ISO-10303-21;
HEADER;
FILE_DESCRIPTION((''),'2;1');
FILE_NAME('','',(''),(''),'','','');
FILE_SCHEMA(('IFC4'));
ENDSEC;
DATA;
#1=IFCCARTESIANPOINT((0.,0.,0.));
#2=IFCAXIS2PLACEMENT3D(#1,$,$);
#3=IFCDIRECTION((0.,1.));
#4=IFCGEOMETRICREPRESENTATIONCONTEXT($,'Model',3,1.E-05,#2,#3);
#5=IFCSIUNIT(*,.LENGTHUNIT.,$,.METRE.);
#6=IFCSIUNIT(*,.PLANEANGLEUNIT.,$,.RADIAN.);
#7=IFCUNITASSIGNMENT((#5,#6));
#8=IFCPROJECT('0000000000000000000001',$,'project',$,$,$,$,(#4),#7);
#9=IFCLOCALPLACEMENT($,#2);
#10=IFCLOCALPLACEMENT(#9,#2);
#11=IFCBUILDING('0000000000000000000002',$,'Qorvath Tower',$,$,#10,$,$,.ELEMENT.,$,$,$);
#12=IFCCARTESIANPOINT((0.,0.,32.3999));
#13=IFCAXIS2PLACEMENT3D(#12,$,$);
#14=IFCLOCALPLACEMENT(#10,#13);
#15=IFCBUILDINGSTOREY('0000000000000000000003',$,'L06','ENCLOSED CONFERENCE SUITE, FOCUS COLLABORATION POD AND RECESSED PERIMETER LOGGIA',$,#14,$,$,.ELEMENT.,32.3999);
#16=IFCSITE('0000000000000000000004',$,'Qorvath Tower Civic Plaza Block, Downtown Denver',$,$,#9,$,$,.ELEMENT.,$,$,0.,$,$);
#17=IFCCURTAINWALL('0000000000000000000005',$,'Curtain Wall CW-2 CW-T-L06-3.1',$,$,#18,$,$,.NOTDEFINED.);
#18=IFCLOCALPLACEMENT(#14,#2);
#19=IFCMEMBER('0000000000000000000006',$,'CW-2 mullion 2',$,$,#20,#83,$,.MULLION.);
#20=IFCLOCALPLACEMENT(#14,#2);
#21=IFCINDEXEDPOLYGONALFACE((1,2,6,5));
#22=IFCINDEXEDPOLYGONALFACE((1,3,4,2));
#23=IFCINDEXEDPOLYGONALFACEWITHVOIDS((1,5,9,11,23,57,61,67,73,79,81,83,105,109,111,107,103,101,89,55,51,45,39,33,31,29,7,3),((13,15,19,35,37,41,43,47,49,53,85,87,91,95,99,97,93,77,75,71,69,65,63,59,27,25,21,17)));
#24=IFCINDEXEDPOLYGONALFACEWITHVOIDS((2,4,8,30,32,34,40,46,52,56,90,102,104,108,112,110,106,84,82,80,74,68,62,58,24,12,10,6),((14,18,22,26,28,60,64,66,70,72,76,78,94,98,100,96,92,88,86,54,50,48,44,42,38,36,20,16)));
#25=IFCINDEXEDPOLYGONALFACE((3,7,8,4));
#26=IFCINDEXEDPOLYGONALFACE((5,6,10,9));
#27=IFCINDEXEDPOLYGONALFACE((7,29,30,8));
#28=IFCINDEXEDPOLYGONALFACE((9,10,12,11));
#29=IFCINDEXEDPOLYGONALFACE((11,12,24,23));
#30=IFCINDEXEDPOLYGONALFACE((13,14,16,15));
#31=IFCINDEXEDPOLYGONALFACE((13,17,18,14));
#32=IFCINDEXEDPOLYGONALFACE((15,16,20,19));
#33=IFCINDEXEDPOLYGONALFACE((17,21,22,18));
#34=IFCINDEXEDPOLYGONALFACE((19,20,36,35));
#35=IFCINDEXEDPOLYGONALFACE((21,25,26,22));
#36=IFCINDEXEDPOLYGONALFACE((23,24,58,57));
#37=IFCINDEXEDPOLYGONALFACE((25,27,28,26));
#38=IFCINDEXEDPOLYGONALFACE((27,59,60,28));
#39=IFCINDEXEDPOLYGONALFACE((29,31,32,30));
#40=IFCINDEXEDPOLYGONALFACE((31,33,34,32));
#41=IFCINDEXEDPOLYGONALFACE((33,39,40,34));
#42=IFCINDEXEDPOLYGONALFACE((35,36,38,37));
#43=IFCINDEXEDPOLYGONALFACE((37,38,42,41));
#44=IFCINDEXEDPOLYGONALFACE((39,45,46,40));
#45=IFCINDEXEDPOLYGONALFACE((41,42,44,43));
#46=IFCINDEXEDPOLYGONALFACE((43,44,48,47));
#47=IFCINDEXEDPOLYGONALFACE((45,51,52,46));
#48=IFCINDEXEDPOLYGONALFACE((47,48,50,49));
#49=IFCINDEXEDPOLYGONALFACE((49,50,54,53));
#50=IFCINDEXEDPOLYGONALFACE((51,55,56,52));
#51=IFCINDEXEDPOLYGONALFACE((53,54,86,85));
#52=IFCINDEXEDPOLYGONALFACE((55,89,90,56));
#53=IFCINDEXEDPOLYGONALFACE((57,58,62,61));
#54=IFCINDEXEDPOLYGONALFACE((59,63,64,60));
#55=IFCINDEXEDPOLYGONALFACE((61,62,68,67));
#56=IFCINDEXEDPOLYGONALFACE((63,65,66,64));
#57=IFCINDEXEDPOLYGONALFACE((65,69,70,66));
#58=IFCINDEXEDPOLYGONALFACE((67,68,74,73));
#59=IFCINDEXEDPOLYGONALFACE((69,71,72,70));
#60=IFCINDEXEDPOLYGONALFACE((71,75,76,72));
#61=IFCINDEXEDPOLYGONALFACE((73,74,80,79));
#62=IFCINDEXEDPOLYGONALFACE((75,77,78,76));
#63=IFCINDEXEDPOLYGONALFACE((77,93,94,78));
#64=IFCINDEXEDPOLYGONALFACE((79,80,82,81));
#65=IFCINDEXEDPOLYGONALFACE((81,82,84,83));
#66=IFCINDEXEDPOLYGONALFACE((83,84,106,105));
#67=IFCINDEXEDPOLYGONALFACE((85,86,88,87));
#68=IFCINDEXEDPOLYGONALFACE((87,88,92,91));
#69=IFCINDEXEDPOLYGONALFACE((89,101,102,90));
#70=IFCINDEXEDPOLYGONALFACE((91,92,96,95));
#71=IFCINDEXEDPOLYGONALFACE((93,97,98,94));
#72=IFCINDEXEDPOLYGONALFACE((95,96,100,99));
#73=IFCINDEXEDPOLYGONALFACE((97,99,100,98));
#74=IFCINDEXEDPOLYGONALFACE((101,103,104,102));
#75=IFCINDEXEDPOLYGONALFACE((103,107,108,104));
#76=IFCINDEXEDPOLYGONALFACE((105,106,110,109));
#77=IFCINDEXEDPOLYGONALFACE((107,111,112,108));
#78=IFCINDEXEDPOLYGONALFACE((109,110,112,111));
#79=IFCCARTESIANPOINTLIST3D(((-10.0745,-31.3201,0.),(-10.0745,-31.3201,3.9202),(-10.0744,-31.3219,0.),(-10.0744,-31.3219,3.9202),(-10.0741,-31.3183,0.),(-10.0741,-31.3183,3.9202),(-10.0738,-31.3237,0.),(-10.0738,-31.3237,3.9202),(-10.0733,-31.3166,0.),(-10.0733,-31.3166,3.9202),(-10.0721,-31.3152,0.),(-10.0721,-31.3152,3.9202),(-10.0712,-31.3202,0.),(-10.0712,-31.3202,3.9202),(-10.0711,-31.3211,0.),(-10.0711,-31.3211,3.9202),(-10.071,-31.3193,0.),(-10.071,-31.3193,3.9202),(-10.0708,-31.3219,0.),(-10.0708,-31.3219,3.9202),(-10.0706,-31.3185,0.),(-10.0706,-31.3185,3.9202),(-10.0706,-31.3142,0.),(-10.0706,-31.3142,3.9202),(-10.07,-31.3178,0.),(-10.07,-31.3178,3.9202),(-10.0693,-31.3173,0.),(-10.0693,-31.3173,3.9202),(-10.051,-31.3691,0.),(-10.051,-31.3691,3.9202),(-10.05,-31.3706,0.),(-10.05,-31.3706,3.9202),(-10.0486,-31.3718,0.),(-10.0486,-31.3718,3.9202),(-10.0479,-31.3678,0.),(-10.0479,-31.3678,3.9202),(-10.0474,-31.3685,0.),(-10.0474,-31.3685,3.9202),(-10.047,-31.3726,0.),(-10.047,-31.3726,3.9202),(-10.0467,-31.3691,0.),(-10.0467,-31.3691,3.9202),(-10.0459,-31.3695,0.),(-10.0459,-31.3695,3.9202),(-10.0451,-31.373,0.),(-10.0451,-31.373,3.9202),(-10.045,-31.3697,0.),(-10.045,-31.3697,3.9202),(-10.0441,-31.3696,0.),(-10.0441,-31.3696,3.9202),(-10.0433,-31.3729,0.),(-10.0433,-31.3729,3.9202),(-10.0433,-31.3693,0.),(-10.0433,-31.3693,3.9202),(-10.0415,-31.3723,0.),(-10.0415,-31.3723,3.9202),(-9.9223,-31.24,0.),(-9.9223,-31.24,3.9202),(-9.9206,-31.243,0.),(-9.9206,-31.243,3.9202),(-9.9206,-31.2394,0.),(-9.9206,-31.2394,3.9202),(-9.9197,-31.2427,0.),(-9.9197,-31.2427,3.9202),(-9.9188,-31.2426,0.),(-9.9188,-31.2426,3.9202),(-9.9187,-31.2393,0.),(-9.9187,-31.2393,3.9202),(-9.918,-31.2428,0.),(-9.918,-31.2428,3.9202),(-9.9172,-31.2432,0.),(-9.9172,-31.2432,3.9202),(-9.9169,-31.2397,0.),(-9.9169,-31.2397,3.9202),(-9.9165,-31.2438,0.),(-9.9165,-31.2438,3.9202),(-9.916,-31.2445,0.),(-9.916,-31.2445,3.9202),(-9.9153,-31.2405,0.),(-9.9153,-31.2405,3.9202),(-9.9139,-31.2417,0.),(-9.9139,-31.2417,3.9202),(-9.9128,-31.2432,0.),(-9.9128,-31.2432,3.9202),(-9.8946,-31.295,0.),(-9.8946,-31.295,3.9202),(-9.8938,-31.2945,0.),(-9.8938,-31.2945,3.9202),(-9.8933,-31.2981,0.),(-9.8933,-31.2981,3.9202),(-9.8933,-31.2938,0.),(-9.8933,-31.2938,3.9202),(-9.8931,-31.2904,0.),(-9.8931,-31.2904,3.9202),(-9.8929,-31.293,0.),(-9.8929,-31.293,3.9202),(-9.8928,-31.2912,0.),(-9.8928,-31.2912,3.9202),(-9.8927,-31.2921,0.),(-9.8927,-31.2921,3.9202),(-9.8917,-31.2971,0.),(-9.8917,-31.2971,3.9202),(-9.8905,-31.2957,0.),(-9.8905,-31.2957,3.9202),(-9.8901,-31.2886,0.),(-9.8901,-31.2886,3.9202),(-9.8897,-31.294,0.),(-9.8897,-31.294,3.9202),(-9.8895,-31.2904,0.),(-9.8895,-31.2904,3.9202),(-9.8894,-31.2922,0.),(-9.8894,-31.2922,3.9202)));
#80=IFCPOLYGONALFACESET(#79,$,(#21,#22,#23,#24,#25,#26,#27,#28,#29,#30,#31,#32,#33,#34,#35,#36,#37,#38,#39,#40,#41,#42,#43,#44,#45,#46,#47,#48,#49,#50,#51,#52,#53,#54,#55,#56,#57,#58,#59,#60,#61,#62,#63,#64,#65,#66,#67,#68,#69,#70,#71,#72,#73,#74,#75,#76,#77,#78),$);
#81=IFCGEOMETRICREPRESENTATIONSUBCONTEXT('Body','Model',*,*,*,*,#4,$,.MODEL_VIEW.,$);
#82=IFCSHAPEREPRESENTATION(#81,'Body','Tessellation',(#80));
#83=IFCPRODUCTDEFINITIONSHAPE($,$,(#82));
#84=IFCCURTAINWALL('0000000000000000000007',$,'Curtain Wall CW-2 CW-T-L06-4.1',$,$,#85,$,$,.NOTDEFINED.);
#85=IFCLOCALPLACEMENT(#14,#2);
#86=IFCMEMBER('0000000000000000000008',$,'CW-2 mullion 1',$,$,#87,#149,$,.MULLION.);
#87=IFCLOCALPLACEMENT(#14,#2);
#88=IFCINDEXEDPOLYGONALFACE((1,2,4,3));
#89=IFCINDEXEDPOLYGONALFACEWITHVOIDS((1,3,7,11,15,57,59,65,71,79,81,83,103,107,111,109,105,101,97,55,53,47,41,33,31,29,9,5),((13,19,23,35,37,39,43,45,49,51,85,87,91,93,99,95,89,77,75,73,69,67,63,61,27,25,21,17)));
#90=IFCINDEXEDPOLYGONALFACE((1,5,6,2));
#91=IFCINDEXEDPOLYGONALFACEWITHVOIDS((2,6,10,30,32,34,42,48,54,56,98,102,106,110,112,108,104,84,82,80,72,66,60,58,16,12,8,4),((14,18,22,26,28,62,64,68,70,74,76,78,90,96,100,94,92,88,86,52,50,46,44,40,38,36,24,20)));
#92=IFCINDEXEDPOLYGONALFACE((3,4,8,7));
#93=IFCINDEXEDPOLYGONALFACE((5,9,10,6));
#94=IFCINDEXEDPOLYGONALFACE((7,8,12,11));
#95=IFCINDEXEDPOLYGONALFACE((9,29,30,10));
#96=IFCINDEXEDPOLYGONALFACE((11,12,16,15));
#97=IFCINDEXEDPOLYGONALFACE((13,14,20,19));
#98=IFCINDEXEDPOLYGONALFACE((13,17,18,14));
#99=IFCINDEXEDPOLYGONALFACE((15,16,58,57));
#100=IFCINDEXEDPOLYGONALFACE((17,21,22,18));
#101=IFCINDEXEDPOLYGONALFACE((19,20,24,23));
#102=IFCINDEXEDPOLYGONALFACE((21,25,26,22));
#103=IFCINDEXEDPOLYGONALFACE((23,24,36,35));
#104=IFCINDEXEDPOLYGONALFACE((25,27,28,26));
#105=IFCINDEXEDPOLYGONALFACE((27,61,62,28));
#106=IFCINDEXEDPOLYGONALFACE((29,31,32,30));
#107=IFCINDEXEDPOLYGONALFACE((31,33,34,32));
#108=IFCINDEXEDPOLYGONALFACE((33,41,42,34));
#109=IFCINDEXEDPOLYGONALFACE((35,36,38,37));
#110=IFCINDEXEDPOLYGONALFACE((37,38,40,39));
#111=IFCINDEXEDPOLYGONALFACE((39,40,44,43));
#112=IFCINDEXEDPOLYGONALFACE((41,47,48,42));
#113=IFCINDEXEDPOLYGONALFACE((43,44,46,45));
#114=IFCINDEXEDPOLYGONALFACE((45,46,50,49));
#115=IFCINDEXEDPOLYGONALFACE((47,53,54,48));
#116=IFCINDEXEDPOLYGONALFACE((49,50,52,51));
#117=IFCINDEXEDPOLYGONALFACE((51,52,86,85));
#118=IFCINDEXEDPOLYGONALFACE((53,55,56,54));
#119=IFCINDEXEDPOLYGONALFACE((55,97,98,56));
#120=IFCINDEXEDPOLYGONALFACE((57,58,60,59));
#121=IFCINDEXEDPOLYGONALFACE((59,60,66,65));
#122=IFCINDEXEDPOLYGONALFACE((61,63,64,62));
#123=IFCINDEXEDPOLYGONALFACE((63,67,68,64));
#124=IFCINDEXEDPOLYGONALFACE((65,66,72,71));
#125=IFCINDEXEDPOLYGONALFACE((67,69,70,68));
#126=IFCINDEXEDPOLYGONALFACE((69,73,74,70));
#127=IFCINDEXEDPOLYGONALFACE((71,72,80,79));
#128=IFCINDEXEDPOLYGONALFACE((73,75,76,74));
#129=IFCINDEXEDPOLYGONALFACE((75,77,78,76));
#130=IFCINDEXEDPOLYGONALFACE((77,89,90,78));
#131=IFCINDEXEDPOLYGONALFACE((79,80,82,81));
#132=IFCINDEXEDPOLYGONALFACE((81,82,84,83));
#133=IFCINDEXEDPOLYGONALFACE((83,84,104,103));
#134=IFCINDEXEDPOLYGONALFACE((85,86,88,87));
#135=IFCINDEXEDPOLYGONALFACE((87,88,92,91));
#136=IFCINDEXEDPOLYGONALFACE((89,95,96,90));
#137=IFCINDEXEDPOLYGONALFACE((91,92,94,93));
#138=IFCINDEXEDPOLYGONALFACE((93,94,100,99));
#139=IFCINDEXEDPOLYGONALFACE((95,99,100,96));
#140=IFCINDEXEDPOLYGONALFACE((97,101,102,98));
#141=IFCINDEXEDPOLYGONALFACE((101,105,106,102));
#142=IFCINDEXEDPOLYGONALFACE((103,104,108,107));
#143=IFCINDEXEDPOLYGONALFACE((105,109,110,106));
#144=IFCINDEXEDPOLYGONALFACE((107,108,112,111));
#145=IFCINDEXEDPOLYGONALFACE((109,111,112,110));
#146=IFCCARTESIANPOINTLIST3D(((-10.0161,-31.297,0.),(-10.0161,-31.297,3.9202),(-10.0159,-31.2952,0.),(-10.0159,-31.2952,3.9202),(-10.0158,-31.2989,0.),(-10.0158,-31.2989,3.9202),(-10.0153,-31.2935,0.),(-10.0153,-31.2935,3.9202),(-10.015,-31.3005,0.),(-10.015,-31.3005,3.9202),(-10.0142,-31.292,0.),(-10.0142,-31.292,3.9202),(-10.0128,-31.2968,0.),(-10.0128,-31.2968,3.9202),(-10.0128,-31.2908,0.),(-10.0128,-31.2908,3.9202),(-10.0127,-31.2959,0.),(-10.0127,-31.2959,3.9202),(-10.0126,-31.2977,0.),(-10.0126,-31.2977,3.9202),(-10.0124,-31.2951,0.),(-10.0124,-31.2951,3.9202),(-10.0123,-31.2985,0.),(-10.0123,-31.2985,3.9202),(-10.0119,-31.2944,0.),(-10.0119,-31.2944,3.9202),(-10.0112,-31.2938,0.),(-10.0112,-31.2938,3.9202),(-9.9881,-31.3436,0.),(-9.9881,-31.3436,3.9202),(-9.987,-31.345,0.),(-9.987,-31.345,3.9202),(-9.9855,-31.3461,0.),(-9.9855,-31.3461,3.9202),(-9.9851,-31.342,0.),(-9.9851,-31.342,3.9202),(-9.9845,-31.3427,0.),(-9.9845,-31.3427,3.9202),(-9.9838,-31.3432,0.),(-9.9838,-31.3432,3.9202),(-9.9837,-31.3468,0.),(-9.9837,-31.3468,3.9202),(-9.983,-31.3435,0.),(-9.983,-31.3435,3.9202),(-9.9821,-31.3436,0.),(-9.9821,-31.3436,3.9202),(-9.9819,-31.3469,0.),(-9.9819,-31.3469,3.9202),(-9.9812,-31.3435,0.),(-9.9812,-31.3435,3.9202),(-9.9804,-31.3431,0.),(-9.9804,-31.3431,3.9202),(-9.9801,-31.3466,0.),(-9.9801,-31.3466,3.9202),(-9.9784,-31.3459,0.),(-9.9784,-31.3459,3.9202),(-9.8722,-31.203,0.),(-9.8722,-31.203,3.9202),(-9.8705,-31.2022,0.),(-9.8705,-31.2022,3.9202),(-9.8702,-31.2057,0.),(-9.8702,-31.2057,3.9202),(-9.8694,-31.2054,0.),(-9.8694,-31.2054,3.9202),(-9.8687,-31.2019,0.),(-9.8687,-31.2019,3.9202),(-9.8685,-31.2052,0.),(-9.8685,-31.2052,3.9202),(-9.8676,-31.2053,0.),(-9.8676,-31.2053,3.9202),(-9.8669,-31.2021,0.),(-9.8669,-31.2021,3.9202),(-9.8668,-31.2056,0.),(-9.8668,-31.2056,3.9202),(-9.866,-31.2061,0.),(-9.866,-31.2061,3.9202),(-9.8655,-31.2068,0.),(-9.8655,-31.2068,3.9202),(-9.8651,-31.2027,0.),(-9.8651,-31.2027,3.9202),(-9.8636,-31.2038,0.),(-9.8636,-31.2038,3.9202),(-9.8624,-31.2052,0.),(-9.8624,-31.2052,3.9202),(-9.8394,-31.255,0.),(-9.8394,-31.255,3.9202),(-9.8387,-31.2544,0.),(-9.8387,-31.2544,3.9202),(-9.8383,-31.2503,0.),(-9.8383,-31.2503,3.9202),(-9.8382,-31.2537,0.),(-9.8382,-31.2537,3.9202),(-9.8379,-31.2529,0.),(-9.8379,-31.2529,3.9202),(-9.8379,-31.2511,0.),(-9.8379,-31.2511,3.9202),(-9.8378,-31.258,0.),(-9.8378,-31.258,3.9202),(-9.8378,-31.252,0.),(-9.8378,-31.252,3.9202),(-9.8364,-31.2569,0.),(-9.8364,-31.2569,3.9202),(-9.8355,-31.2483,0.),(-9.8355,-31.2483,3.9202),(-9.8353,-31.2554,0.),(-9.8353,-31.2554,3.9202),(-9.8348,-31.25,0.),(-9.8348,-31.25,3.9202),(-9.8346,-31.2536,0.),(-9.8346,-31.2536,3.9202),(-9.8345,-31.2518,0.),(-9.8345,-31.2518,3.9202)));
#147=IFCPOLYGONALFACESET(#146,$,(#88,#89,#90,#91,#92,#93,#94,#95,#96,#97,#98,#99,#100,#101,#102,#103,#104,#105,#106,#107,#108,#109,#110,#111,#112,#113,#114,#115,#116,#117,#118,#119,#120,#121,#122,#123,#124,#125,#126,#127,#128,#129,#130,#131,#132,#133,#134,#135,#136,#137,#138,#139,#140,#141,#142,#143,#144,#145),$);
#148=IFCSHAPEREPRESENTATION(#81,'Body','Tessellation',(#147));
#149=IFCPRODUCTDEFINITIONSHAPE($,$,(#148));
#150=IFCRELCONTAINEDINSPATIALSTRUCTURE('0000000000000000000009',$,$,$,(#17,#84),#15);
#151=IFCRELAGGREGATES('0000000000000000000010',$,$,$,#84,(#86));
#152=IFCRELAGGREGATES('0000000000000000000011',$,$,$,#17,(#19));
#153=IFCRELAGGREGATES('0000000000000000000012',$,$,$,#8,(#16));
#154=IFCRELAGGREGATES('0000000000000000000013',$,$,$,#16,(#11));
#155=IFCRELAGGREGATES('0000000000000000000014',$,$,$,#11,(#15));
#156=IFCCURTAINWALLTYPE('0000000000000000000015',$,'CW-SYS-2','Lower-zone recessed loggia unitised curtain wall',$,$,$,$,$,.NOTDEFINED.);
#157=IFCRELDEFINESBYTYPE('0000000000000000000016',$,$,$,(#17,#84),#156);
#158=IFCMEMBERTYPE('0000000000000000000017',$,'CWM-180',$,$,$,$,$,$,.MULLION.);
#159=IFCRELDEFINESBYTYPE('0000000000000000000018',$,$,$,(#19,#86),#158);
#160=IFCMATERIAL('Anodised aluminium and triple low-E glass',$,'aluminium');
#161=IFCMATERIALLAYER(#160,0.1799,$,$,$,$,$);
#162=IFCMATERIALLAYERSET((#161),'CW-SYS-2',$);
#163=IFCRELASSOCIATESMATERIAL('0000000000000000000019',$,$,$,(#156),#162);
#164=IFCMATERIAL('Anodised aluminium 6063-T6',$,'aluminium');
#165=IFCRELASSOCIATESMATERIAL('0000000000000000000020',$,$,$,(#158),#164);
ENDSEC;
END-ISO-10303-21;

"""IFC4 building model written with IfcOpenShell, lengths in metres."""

from ifc_helpers import new_model, si_unit, direction, frame, origin, origin_2d, place, context, subcontext, project, spatial, hollow_rectangle, extrude, material, layer, layer_set, material_profile, profile_set, type_object, element, aggregate, save


model = new_model("IFC4")

# Units and contexts
model_context = context("Model", 3, precision=1e-05, world=origin(), true_north=direction((0.0, 1.0)))
body_context = subcontext(model_context, "Body", "Model", "MODEL_VIEW")
ifc_project = project(units=[si_unit("LENGTHUNIT", "METRE"), si_unit("PLANEANGLEUNIT", "RADIAN")], contexts=[model_context])

# Site, building, storey
site_placement = place(None, origin())
site = spatial("IfcSite", under=ifc_project, at=site_placement, Name="Qorvath Tower Civic Plaza Block, Downtown Denver", CompositionType="ELEMENT", RefElevation=0.0)
building_placement = place(site_placement, origin())
building = spatial("IfcBuilding", under=site, at=building_placement, Name="Qorvath Tower", CompositionType="ELEMENT")
storey_placement = place(building_placement, frame((0.0, 0.0, 32.3999)))
storey = spatial("IfcBuildingStorey", under=building, at=storey_placement, Name="L06", Description="ENCLOSED CONFERENCE SUITE, FOCUS COLLABORATION POD AND RECESSED PERIMETER LOGGIA", CompositionType="ELEMENT", Elevation=32.3999)

# Curtain wall, member
ifc_material_1 = material(Name="Anodised aluminium and triple low-E glass", Category="aluminium")
ifc_layer_1 = layer(ifc_material_1, 0.1799)
ifc_layer_set_1 = layer_set([ifc_layer_1], Name="CW-SYS-2")
curtain_wall_type = type_object("IfcCurtainWallType", Name="CW-SYS-2", Description="Lower-zone recessed loggia unitised curtain wall", PredefinedType="NOTDEFINED", material=ifc_layer_set_1)
ifc_material_2 = material(Name="Anodised aluminium 6063-T6", Category="aluminium")
ifc_material_profile_1 = material_profile(ifc_material_2, hollow_rectangle(XDim=0.0649, YDim=0.1799, WallThickness=0.0034, InnerFilletRadius=0.0034, OuterFilletRadius=0.0071, at=origin_2d()), Name="CWM 180x65")
ifc_profile_set_1 = profile_set([ifc_material_profile_1], Name="Anodised aluminium 6063-T6")
member_type_1 = type_object("IfcMemberType", Name="CWM-180", PredefinedType="MULLION", material=ifc_profile_set_1)
curtain_wall_1_placement = place(storey_placement, origin())
curtain_wall_1 = element("IfcCurtainWall", 1, at=curtain_wall_1_placement, inside=storey, type_object=curtain_wall_type, Name="Curtain Wall CW-2 CW-T-L06-3.1", PredefinedType="NOTDEFINED")
member_1_placement = place(storey_placement, frame((-9.9819, -31.3062, 0.0), z_axis=(0.0, 0.0, 1.0), x_axis=(-0.447199, 0.894435, 0.0)))
member_1 = element("IfcMember", 2, at=member_1_placement, type_object=member_type_1, Name="CW-2 mullion 2", PredefinedType="MULLION", context=body_context, shape_type="SweptSolid", body=[
    extrude(hollow_rectangle(XDim=0.0649, YDim=0.1799, WallThickness=0.0034, InnerFilletRadius=0.0034, OuterFilletRadius=0.0071, at=origin_2d()), origin(), (0.0, 0.0, 1.0), 3.9202),
])

# Curtain wall, member
curtain_wall_2_placement = place(storey_placement, origin())
curtain_wall_2 = element("IfcCurtainWall", 3, at=curtain_wall_2_placement, inside=storey, type_object=curtain_wall_type, Name="Curtain Wall CW-2 CW-T-L06-4.1", PredefinedType="NOTDEFINED")
member_2_placement = place(storey_placement, frame((-9.9253, -31.2744, 0.0), z_axis=(0.0, 0.0, 1.0), x_axis=(-0.529769, 0.848142, 0.0)))
member_2 = element("IfcMember", 4, at=member_2_placement, type_object=member_type_1, Name="CW-2 mullion 1", PredefinedType="MULLION", context=body_context, shape_type="SweptSolid", body=[
    extrude(hollow_rectangle(XDim=0.0649, YDim=0.1799, WallThickness=0.0034, InnerFilletRadius=0.0034, OuterFilletRadius=0.0071, at=origin_2d()), origin(), (0.0, 0.0, 1.0), 3.9202),
])

aggregate(curtain_wall_2, [member_2])

aggregate(curtain_wall_1, [member_1])

save(model, "model.ifc")
